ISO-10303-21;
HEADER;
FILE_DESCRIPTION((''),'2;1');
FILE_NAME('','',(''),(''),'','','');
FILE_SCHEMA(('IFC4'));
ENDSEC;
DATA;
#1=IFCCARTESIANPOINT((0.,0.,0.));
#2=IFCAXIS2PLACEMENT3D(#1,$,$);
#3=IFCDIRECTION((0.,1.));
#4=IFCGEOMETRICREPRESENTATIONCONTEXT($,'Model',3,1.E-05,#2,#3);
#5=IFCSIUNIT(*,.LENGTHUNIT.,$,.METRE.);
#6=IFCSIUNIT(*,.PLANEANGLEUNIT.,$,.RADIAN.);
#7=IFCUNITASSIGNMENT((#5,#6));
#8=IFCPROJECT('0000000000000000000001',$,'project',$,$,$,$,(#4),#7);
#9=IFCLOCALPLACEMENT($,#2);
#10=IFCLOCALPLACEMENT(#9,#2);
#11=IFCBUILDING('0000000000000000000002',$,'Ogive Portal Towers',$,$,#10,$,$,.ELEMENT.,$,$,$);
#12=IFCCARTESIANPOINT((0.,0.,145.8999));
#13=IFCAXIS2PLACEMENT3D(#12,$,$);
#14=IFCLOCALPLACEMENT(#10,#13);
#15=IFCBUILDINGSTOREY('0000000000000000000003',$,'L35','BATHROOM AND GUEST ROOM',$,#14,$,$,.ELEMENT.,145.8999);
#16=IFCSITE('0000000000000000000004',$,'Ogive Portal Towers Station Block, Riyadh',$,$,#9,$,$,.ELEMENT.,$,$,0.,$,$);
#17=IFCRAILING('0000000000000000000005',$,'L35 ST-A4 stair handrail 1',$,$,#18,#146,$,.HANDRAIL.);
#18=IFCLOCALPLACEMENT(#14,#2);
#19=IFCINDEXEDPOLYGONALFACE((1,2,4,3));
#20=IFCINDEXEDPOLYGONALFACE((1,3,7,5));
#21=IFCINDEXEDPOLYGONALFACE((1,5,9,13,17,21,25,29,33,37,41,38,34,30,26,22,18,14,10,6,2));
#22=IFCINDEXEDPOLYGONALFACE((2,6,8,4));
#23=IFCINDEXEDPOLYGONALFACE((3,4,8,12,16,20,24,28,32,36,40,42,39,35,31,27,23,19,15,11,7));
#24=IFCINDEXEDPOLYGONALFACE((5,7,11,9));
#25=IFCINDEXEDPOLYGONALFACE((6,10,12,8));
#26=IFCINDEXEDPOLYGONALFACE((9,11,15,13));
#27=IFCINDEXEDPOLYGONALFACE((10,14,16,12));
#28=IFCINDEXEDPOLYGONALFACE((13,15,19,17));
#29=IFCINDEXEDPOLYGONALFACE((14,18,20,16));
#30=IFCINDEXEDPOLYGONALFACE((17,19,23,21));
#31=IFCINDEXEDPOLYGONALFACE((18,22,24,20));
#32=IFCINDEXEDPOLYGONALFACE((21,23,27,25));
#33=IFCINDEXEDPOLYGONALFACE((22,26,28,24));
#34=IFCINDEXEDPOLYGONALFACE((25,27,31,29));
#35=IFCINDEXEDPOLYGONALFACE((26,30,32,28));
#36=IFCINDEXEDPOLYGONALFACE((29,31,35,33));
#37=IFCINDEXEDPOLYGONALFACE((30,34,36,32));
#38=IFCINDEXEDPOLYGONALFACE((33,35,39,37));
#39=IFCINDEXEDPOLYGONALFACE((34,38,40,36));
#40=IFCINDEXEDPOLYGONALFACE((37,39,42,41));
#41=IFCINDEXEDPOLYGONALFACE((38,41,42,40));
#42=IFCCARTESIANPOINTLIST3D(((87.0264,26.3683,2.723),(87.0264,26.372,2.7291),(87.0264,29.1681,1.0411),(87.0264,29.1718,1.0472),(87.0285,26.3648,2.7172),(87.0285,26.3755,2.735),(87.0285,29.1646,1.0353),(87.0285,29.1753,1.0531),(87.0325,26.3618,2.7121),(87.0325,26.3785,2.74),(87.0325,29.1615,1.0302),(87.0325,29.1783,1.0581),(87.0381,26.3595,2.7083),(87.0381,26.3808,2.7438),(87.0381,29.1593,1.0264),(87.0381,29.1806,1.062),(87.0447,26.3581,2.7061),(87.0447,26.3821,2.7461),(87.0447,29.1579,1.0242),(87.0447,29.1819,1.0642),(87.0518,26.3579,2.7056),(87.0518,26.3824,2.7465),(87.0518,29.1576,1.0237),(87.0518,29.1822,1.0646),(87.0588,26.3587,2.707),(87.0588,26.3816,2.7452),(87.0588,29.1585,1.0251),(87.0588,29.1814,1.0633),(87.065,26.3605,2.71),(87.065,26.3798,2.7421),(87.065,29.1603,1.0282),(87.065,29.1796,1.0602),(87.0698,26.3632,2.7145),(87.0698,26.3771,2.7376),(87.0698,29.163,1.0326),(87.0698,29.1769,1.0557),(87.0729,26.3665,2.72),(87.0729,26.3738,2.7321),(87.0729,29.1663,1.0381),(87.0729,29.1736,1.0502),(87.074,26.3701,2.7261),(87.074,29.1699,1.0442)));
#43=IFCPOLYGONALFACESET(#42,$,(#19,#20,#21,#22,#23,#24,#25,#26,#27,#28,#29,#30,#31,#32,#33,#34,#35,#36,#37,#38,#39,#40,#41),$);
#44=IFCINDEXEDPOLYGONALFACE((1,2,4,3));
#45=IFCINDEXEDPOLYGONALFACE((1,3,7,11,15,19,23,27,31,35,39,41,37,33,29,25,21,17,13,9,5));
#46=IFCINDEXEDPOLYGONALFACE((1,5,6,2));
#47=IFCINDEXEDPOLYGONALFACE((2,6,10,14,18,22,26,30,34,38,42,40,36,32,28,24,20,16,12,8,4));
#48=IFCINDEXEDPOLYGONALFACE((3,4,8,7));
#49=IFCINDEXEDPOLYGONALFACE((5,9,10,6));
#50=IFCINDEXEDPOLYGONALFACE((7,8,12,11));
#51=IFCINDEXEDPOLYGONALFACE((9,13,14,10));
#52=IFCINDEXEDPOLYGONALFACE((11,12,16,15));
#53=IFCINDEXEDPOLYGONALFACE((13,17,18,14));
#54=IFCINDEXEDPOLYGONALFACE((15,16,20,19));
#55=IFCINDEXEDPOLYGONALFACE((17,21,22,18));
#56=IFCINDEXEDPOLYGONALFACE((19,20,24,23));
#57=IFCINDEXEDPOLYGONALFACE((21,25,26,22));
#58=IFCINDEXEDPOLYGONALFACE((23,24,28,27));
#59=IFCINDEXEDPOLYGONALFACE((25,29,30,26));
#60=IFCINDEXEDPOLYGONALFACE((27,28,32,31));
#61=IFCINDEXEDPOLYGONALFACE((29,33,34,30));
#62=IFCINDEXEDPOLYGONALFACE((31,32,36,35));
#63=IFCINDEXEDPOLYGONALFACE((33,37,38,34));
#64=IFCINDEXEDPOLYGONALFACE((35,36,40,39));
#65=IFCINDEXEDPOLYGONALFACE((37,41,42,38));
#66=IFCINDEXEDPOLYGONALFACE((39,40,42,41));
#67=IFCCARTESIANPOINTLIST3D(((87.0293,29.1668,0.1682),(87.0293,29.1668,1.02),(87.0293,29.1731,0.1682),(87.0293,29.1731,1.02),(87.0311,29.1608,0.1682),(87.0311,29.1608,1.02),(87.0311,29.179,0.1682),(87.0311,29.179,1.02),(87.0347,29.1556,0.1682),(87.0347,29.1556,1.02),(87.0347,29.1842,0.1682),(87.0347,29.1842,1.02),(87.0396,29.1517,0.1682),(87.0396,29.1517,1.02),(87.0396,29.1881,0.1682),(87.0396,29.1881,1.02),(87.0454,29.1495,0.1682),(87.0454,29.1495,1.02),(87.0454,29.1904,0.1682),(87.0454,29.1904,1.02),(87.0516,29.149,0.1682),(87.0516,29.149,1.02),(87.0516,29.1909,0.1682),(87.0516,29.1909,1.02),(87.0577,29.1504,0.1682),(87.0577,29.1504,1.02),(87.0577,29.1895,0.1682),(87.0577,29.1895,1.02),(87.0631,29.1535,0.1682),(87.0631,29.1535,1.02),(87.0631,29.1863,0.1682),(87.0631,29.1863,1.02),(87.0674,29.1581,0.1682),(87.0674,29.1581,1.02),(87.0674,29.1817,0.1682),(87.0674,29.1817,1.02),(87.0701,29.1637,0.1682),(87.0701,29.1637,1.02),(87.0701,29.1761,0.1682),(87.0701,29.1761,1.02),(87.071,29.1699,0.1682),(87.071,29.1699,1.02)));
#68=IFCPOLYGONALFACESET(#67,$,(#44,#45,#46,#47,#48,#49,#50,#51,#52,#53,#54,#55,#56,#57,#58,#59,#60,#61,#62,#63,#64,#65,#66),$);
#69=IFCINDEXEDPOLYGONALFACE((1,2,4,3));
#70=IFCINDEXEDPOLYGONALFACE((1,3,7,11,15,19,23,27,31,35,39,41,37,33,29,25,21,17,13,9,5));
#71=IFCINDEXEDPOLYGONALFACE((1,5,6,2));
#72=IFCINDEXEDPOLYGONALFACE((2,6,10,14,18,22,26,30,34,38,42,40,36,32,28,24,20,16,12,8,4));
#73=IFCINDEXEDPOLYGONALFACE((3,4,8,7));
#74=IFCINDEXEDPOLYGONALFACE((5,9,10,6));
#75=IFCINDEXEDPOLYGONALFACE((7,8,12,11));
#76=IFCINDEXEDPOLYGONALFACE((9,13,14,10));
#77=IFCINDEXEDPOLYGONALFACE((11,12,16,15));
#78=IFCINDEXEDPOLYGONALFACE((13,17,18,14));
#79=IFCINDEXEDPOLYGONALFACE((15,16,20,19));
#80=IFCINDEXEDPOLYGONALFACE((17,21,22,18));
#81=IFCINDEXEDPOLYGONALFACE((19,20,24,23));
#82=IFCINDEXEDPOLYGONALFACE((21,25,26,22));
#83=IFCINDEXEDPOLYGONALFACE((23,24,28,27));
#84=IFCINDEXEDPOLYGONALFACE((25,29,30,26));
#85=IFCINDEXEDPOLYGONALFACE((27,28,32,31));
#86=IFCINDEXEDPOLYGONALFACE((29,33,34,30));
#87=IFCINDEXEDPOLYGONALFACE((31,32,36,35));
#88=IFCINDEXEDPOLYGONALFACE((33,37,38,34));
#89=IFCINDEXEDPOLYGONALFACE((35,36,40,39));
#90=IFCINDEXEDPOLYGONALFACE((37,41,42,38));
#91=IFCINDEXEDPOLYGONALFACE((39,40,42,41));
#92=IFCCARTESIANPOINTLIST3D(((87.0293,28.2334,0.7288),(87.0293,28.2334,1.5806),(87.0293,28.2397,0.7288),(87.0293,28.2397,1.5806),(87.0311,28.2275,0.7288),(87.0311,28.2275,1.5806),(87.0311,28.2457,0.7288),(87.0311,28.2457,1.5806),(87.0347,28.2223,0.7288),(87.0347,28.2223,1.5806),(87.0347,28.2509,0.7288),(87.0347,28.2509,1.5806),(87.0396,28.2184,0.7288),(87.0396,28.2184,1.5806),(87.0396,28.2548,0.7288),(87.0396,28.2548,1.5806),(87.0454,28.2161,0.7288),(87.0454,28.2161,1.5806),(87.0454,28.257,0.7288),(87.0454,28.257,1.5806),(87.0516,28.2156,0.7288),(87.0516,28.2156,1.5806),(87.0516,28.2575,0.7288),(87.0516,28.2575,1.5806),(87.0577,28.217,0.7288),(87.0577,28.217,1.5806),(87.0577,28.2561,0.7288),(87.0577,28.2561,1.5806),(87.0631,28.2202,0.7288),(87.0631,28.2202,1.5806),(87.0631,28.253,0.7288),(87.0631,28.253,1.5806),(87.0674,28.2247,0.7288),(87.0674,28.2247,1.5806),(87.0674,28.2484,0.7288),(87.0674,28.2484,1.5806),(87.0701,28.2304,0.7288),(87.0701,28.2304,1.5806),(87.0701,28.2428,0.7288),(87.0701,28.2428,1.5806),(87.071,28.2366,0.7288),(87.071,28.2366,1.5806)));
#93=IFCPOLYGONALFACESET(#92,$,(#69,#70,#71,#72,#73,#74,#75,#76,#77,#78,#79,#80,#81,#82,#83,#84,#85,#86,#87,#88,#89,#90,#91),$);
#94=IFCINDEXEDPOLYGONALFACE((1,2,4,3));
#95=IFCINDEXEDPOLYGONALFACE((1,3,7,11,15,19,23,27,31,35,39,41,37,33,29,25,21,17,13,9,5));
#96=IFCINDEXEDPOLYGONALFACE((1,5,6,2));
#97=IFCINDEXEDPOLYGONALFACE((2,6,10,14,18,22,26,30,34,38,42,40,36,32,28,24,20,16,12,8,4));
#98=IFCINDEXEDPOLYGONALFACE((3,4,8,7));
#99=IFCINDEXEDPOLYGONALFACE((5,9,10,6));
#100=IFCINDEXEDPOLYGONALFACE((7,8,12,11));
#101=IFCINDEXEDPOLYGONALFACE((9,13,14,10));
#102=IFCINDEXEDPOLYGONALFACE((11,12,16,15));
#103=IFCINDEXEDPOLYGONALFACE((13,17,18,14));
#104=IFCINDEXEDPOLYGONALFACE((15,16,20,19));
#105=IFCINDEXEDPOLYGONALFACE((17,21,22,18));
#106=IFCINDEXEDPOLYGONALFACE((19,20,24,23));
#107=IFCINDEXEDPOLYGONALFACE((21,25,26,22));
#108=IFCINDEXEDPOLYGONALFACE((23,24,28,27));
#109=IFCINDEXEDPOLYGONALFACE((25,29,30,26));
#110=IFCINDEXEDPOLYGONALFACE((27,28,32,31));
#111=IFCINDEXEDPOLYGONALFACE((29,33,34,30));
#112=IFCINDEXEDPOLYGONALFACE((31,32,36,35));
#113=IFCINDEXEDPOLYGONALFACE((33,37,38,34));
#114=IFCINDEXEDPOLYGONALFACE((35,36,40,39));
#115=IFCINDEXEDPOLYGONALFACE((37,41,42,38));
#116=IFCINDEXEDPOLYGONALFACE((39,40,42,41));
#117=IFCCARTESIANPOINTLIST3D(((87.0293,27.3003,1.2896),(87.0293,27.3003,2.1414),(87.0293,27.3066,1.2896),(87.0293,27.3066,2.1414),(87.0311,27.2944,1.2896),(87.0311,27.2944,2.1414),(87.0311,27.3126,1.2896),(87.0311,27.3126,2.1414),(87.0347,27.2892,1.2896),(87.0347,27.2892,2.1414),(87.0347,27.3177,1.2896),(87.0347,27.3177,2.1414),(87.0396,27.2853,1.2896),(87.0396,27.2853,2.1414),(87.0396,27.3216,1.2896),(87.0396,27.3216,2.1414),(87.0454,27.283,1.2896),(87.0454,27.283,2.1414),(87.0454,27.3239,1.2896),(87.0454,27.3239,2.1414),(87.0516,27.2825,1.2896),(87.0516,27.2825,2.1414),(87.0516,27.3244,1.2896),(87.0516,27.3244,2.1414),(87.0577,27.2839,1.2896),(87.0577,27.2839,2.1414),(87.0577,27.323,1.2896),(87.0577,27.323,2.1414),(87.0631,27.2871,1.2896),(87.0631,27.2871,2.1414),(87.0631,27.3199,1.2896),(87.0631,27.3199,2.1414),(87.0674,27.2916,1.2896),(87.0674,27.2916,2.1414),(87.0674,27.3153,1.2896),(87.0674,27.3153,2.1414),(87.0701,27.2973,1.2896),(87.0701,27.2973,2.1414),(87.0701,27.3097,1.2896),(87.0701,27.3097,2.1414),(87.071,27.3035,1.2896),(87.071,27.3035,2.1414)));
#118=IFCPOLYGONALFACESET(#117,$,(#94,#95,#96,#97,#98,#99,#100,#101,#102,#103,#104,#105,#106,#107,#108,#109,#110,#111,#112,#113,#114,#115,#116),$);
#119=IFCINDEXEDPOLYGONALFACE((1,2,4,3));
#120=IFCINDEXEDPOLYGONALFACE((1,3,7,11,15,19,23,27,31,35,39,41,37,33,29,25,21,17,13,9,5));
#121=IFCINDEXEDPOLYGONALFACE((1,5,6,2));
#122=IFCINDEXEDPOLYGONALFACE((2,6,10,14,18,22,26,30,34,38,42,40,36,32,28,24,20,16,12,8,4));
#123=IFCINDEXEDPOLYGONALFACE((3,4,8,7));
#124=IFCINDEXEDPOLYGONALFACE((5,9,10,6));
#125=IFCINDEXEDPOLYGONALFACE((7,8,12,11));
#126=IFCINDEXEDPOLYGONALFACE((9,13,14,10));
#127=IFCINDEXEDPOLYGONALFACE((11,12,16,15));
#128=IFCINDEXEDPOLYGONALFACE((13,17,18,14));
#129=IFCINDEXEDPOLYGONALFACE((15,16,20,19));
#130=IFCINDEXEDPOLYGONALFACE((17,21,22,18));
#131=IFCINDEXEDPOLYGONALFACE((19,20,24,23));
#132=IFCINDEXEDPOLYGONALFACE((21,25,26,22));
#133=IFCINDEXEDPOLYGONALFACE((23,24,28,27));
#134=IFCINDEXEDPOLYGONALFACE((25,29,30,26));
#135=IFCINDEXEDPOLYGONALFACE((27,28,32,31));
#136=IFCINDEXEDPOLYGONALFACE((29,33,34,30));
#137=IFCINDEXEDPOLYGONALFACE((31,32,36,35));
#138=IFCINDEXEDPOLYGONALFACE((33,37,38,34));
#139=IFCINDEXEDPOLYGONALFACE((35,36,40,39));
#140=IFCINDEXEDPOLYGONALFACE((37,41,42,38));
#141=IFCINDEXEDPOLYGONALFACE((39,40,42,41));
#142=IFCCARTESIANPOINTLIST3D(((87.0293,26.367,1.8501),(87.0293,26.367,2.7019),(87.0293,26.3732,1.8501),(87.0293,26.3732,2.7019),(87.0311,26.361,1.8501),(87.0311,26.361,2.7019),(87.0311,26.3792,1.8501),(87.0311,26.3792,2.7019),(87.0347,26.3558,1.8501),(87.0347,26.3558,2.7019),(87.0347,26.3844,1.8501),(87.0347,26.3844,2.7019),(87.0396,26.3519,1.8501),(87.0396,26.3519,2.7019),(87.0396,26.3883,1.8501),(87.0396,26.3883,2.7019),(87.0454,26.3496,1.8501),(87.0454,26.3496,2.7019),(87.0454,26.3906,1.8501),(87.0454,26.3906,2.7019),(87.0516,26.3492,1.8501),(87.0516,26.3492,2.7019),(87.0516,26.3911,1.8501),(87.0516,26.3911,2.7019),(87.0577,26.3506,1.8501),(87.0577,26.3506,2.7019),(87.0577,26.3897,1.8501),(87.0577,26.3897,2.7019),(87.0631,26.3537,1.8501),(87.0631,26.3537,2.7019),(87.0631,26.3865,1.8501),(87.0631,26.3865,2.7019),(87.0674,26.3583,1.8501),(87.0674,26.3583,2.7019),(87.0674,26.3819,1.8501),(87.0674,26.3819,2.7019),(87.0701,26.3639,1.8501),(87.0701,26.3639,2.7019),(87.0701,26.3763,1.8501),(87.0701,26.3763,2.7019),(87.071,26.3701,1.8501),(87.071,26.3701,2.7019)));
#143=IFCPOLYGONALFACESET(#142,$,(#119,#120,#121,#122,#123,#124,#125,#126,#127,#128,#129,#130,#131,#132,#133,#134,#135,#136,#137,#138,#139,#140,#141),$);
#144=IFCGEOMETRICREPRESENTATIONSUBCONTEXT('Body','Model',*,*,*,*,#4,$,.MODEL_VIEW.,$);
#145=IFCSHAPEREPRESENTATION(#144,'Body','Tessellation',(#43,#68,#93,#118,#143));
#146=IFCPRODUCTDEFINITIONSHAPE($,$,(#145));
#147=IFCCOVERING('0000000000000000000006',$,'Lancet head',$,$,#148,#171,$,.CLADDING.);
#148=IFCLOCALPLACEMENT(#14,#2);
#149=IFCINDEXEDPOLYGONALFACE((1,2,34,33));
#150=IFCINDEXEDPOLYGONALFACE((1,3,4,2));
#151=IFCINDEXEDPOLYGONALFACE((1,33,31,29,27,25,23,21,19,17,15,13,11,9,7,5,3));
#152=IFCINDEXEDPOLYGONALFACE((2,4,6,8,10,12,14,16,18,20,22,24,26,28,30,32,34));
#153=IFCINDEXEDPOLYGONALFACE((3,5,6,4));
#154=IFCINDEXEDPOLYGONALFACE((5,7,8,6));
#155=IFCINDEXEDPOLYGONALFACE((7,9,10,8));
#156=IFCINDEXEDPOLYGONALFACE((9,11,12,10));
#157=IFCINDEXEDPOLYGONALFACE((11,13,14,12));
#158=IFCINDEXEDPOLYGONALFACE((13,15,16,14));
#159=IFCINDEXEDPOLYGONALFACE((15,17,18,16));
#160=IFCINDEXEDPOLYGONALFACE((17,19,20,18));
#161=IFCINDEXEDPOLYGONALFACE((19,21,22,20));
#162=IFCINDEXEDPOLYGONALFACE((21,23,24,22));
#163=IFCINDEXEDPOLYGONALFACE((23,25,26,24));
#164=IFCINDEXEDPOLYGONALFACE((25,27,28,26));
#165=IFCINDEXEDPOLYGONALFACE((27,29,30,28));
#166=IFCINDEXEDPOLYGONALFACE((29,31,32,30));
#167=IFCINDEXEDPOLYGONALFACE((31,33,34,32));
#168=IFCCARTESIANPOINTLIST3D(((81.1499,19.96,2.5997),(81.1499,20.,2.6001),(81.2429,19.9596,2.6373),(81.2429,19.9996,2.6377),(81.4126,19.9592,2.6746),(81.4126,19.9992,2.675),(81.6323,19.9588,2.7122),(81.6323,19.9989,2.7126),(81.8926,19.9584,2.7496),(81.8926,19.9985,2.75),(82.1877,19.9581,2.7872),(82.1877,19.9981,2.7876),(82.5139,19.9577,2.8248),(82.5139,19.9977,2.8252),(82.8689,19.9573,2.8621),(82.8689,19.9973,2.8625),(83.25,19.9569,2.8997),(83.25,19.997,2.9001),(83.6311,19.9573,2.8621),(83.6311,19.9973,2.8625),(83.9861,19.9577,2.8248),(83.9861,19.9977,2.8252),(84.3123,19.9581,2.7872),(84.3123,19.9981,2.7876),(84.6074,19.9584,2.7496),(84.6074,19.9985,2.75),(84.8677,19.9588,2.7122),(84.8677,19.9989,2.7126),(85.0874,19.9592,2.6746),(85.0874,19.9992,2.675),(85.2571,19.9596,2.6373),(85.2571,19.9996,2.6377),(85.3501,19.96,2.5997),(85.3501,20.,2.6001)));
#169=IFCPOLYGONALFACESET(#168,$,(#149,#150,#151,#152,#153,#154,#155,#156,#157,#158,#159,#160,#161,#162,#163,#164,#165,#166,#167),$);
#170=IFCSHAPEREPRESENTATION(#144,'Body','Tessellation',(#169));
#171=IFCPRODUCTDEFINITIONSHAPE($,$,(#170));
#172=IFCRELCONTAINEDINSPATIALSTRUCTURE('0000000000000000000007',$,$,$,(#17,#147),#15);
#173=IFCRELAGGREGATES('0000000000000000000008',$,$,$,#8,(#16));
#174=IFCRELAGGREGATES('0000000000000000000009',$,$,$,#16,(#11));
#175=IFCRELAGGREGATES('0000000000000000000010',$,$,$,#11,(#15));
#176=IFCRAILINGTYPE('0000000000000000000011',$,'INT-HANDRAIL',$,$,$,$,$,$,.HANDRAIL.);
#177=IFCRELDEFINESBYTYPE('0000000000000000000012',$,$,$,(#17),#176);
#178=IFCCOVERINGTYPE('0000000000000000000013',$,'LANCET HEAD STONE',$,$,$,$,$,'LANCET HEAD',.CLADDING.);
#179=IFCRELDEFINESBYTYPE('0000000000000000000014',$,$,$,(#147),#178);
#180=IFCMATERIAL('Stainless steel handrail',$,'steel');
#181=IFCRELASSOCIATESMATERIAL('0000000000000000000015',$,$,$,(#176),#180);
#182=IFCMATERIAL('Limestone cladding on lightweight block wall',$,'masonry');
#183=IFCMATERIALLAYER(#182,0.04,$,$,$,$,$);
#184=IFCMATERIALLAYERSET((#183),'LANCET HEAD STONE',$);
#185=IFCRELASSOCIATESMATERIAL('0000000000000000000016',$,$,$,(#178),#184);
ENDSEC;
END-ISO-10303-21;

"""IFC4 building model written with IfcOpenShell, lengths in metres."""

from ifc_helpers import new_model, si_unit, direction, frame, origin, origin_2d, place, context, subcontext, project, spatial, polyline, circle, outline, extrude, material, layer, layer_set, type_object, element, save


model = new_model("IFC4")

# Units and contexts
model_context = context("Model", 3, precision=1e-05, world=origin(), true_north=direction((0.0, 1.0)))
body_context = subcontext(model_context, "Body", "Model", "MODEL_VIEW")
ifc_project = project(units=[si_unit("LENGTHUNIT", "METRE"), si_unit("PLANEANGLEUNIT", "RADIAN")], contexts=[model_context])

# Site, building, storey
site_placement = place(None, origin())
site = spatial("IfcSite", under=ifc_project, at=site_placement, Name="Ogive Portal Towers Station Block, Riyadh", CompositionType="ELEMENT", RefElevation=0.0)
building_placement = place(site_placement, origin())
building = spatial("IfcBuilding", under=site, at=building_placement, Name="Ogive Portal Towers", CompositionType="ELEMENT")
storey_placement = place(building_placement, frame((0.0, 0.0, 145.8999)))
storey = spatial("IfcBuildingStorey", under=building, at=storey_placement, Name="L35", Description="BATHROOM AND GUEST ROOM", CompositionType="ELEMENT", Elevation=145.8999)

# Railing
ifc_material_1 = material(Name="Stainless steel handrail", Category="steel")
railing_type_1 = type_object("IfcRailingType", Name="INT-HANDRAIL", PredefinedType="HANDRAIL", material=ifc_material_1)
railing_1_placement = place(storey_placement, frame((87.05, 29.1699, 0.1682)))
element("IfcRailing", 1, at=railing_1_placement, inside=storey, type_object=railing_type_1, Name="L35 ST-A4 stair handrail 1", PredefinedType="HANDRAIL", context=body_context, shape_type="SweptSolid", body=[
    extrude(circle(Radius=0.0239, at=origin_2d()), frame((0.0, 0.0, 0.876), z_axis=(0.0, -0.857222, 0.514946), x_axis=(1.0, 0.0, 0.0)), (0.0, 0.0, 1.0), 3.2661),
    extrude(circle(Radius=0.021, at=origin_2d()), origin(), (0.0, 0.0, 1.0), 0.8518),
    extrude(circle(Radius=0.021, at=origin_2d()), frame((0.0, -0.9333, 0.5605)), (0.0, 0.0, 1.0), 0.8518),
    extrude(circle(Radius=0.021, at=origin_2d()), frame((0.0, -1.8665, 1.1213)), (0.0, 0.0, 1.0), 0.8518),
    extrude(circle(Radius=0.021, at=origin_2d()), frame((0.0, -2.7998, 1.6819)), (0.0, 0.0, 1.0), 0.8518),
])

# Covering
ifc_material_2 = material(Name="Limestone cladding on lightweight block wall", Category="masonry")
ifc_layer_1 = layer(ifc_material_2, 0.04)
ifc_layer_set_1 = layer_set([ifc_layer_1], Name="LANCET HEAD STONE")
covering_type = type_object("IfcCoveringType", Name="LANCET HEAD STONE", ElementType="LANCET HEAD", PredefinedType="CLADDING", material=ifc_layer_set_1)
covering_placement = place(storey_placement, frame((81.1499, 20.0, 2.6001), z_axis=(0.0, 0.999949, 0.010105), x_axis=(1.0, 0.0, 0.0)))
element("IfcCovering", 2, at=covering_placement, inside=storey, type_object=covering_type, Name="Lancet head", PredefinedType="CLADDING", context=body_context, shape_type="SweptSolid", body=[
    extrude(outline(polyline([(0.0, 0.0), (4.2002, 0.0), (4.1072, -0.0376), (3.9375, -0.075), (3.7178, -0.1126), (3.4575, -0.1499), (3.1624, -0.1875), (2.8362, -0.2251), (2.4812, -0.2625), (2.1001, -0.3001), (1.719, -0.2625), (1.364, -0.2251), (1.0378, -0.1875), (0.7427, -0.1499), (0.4824, -0.1126), (0.2627, -0.075), (0.093, -0.0376), (0.0, 0.0)])), origin(), (0.0, 0.0, -1.0), 0.04),
])

save(model, "model.ifc")
